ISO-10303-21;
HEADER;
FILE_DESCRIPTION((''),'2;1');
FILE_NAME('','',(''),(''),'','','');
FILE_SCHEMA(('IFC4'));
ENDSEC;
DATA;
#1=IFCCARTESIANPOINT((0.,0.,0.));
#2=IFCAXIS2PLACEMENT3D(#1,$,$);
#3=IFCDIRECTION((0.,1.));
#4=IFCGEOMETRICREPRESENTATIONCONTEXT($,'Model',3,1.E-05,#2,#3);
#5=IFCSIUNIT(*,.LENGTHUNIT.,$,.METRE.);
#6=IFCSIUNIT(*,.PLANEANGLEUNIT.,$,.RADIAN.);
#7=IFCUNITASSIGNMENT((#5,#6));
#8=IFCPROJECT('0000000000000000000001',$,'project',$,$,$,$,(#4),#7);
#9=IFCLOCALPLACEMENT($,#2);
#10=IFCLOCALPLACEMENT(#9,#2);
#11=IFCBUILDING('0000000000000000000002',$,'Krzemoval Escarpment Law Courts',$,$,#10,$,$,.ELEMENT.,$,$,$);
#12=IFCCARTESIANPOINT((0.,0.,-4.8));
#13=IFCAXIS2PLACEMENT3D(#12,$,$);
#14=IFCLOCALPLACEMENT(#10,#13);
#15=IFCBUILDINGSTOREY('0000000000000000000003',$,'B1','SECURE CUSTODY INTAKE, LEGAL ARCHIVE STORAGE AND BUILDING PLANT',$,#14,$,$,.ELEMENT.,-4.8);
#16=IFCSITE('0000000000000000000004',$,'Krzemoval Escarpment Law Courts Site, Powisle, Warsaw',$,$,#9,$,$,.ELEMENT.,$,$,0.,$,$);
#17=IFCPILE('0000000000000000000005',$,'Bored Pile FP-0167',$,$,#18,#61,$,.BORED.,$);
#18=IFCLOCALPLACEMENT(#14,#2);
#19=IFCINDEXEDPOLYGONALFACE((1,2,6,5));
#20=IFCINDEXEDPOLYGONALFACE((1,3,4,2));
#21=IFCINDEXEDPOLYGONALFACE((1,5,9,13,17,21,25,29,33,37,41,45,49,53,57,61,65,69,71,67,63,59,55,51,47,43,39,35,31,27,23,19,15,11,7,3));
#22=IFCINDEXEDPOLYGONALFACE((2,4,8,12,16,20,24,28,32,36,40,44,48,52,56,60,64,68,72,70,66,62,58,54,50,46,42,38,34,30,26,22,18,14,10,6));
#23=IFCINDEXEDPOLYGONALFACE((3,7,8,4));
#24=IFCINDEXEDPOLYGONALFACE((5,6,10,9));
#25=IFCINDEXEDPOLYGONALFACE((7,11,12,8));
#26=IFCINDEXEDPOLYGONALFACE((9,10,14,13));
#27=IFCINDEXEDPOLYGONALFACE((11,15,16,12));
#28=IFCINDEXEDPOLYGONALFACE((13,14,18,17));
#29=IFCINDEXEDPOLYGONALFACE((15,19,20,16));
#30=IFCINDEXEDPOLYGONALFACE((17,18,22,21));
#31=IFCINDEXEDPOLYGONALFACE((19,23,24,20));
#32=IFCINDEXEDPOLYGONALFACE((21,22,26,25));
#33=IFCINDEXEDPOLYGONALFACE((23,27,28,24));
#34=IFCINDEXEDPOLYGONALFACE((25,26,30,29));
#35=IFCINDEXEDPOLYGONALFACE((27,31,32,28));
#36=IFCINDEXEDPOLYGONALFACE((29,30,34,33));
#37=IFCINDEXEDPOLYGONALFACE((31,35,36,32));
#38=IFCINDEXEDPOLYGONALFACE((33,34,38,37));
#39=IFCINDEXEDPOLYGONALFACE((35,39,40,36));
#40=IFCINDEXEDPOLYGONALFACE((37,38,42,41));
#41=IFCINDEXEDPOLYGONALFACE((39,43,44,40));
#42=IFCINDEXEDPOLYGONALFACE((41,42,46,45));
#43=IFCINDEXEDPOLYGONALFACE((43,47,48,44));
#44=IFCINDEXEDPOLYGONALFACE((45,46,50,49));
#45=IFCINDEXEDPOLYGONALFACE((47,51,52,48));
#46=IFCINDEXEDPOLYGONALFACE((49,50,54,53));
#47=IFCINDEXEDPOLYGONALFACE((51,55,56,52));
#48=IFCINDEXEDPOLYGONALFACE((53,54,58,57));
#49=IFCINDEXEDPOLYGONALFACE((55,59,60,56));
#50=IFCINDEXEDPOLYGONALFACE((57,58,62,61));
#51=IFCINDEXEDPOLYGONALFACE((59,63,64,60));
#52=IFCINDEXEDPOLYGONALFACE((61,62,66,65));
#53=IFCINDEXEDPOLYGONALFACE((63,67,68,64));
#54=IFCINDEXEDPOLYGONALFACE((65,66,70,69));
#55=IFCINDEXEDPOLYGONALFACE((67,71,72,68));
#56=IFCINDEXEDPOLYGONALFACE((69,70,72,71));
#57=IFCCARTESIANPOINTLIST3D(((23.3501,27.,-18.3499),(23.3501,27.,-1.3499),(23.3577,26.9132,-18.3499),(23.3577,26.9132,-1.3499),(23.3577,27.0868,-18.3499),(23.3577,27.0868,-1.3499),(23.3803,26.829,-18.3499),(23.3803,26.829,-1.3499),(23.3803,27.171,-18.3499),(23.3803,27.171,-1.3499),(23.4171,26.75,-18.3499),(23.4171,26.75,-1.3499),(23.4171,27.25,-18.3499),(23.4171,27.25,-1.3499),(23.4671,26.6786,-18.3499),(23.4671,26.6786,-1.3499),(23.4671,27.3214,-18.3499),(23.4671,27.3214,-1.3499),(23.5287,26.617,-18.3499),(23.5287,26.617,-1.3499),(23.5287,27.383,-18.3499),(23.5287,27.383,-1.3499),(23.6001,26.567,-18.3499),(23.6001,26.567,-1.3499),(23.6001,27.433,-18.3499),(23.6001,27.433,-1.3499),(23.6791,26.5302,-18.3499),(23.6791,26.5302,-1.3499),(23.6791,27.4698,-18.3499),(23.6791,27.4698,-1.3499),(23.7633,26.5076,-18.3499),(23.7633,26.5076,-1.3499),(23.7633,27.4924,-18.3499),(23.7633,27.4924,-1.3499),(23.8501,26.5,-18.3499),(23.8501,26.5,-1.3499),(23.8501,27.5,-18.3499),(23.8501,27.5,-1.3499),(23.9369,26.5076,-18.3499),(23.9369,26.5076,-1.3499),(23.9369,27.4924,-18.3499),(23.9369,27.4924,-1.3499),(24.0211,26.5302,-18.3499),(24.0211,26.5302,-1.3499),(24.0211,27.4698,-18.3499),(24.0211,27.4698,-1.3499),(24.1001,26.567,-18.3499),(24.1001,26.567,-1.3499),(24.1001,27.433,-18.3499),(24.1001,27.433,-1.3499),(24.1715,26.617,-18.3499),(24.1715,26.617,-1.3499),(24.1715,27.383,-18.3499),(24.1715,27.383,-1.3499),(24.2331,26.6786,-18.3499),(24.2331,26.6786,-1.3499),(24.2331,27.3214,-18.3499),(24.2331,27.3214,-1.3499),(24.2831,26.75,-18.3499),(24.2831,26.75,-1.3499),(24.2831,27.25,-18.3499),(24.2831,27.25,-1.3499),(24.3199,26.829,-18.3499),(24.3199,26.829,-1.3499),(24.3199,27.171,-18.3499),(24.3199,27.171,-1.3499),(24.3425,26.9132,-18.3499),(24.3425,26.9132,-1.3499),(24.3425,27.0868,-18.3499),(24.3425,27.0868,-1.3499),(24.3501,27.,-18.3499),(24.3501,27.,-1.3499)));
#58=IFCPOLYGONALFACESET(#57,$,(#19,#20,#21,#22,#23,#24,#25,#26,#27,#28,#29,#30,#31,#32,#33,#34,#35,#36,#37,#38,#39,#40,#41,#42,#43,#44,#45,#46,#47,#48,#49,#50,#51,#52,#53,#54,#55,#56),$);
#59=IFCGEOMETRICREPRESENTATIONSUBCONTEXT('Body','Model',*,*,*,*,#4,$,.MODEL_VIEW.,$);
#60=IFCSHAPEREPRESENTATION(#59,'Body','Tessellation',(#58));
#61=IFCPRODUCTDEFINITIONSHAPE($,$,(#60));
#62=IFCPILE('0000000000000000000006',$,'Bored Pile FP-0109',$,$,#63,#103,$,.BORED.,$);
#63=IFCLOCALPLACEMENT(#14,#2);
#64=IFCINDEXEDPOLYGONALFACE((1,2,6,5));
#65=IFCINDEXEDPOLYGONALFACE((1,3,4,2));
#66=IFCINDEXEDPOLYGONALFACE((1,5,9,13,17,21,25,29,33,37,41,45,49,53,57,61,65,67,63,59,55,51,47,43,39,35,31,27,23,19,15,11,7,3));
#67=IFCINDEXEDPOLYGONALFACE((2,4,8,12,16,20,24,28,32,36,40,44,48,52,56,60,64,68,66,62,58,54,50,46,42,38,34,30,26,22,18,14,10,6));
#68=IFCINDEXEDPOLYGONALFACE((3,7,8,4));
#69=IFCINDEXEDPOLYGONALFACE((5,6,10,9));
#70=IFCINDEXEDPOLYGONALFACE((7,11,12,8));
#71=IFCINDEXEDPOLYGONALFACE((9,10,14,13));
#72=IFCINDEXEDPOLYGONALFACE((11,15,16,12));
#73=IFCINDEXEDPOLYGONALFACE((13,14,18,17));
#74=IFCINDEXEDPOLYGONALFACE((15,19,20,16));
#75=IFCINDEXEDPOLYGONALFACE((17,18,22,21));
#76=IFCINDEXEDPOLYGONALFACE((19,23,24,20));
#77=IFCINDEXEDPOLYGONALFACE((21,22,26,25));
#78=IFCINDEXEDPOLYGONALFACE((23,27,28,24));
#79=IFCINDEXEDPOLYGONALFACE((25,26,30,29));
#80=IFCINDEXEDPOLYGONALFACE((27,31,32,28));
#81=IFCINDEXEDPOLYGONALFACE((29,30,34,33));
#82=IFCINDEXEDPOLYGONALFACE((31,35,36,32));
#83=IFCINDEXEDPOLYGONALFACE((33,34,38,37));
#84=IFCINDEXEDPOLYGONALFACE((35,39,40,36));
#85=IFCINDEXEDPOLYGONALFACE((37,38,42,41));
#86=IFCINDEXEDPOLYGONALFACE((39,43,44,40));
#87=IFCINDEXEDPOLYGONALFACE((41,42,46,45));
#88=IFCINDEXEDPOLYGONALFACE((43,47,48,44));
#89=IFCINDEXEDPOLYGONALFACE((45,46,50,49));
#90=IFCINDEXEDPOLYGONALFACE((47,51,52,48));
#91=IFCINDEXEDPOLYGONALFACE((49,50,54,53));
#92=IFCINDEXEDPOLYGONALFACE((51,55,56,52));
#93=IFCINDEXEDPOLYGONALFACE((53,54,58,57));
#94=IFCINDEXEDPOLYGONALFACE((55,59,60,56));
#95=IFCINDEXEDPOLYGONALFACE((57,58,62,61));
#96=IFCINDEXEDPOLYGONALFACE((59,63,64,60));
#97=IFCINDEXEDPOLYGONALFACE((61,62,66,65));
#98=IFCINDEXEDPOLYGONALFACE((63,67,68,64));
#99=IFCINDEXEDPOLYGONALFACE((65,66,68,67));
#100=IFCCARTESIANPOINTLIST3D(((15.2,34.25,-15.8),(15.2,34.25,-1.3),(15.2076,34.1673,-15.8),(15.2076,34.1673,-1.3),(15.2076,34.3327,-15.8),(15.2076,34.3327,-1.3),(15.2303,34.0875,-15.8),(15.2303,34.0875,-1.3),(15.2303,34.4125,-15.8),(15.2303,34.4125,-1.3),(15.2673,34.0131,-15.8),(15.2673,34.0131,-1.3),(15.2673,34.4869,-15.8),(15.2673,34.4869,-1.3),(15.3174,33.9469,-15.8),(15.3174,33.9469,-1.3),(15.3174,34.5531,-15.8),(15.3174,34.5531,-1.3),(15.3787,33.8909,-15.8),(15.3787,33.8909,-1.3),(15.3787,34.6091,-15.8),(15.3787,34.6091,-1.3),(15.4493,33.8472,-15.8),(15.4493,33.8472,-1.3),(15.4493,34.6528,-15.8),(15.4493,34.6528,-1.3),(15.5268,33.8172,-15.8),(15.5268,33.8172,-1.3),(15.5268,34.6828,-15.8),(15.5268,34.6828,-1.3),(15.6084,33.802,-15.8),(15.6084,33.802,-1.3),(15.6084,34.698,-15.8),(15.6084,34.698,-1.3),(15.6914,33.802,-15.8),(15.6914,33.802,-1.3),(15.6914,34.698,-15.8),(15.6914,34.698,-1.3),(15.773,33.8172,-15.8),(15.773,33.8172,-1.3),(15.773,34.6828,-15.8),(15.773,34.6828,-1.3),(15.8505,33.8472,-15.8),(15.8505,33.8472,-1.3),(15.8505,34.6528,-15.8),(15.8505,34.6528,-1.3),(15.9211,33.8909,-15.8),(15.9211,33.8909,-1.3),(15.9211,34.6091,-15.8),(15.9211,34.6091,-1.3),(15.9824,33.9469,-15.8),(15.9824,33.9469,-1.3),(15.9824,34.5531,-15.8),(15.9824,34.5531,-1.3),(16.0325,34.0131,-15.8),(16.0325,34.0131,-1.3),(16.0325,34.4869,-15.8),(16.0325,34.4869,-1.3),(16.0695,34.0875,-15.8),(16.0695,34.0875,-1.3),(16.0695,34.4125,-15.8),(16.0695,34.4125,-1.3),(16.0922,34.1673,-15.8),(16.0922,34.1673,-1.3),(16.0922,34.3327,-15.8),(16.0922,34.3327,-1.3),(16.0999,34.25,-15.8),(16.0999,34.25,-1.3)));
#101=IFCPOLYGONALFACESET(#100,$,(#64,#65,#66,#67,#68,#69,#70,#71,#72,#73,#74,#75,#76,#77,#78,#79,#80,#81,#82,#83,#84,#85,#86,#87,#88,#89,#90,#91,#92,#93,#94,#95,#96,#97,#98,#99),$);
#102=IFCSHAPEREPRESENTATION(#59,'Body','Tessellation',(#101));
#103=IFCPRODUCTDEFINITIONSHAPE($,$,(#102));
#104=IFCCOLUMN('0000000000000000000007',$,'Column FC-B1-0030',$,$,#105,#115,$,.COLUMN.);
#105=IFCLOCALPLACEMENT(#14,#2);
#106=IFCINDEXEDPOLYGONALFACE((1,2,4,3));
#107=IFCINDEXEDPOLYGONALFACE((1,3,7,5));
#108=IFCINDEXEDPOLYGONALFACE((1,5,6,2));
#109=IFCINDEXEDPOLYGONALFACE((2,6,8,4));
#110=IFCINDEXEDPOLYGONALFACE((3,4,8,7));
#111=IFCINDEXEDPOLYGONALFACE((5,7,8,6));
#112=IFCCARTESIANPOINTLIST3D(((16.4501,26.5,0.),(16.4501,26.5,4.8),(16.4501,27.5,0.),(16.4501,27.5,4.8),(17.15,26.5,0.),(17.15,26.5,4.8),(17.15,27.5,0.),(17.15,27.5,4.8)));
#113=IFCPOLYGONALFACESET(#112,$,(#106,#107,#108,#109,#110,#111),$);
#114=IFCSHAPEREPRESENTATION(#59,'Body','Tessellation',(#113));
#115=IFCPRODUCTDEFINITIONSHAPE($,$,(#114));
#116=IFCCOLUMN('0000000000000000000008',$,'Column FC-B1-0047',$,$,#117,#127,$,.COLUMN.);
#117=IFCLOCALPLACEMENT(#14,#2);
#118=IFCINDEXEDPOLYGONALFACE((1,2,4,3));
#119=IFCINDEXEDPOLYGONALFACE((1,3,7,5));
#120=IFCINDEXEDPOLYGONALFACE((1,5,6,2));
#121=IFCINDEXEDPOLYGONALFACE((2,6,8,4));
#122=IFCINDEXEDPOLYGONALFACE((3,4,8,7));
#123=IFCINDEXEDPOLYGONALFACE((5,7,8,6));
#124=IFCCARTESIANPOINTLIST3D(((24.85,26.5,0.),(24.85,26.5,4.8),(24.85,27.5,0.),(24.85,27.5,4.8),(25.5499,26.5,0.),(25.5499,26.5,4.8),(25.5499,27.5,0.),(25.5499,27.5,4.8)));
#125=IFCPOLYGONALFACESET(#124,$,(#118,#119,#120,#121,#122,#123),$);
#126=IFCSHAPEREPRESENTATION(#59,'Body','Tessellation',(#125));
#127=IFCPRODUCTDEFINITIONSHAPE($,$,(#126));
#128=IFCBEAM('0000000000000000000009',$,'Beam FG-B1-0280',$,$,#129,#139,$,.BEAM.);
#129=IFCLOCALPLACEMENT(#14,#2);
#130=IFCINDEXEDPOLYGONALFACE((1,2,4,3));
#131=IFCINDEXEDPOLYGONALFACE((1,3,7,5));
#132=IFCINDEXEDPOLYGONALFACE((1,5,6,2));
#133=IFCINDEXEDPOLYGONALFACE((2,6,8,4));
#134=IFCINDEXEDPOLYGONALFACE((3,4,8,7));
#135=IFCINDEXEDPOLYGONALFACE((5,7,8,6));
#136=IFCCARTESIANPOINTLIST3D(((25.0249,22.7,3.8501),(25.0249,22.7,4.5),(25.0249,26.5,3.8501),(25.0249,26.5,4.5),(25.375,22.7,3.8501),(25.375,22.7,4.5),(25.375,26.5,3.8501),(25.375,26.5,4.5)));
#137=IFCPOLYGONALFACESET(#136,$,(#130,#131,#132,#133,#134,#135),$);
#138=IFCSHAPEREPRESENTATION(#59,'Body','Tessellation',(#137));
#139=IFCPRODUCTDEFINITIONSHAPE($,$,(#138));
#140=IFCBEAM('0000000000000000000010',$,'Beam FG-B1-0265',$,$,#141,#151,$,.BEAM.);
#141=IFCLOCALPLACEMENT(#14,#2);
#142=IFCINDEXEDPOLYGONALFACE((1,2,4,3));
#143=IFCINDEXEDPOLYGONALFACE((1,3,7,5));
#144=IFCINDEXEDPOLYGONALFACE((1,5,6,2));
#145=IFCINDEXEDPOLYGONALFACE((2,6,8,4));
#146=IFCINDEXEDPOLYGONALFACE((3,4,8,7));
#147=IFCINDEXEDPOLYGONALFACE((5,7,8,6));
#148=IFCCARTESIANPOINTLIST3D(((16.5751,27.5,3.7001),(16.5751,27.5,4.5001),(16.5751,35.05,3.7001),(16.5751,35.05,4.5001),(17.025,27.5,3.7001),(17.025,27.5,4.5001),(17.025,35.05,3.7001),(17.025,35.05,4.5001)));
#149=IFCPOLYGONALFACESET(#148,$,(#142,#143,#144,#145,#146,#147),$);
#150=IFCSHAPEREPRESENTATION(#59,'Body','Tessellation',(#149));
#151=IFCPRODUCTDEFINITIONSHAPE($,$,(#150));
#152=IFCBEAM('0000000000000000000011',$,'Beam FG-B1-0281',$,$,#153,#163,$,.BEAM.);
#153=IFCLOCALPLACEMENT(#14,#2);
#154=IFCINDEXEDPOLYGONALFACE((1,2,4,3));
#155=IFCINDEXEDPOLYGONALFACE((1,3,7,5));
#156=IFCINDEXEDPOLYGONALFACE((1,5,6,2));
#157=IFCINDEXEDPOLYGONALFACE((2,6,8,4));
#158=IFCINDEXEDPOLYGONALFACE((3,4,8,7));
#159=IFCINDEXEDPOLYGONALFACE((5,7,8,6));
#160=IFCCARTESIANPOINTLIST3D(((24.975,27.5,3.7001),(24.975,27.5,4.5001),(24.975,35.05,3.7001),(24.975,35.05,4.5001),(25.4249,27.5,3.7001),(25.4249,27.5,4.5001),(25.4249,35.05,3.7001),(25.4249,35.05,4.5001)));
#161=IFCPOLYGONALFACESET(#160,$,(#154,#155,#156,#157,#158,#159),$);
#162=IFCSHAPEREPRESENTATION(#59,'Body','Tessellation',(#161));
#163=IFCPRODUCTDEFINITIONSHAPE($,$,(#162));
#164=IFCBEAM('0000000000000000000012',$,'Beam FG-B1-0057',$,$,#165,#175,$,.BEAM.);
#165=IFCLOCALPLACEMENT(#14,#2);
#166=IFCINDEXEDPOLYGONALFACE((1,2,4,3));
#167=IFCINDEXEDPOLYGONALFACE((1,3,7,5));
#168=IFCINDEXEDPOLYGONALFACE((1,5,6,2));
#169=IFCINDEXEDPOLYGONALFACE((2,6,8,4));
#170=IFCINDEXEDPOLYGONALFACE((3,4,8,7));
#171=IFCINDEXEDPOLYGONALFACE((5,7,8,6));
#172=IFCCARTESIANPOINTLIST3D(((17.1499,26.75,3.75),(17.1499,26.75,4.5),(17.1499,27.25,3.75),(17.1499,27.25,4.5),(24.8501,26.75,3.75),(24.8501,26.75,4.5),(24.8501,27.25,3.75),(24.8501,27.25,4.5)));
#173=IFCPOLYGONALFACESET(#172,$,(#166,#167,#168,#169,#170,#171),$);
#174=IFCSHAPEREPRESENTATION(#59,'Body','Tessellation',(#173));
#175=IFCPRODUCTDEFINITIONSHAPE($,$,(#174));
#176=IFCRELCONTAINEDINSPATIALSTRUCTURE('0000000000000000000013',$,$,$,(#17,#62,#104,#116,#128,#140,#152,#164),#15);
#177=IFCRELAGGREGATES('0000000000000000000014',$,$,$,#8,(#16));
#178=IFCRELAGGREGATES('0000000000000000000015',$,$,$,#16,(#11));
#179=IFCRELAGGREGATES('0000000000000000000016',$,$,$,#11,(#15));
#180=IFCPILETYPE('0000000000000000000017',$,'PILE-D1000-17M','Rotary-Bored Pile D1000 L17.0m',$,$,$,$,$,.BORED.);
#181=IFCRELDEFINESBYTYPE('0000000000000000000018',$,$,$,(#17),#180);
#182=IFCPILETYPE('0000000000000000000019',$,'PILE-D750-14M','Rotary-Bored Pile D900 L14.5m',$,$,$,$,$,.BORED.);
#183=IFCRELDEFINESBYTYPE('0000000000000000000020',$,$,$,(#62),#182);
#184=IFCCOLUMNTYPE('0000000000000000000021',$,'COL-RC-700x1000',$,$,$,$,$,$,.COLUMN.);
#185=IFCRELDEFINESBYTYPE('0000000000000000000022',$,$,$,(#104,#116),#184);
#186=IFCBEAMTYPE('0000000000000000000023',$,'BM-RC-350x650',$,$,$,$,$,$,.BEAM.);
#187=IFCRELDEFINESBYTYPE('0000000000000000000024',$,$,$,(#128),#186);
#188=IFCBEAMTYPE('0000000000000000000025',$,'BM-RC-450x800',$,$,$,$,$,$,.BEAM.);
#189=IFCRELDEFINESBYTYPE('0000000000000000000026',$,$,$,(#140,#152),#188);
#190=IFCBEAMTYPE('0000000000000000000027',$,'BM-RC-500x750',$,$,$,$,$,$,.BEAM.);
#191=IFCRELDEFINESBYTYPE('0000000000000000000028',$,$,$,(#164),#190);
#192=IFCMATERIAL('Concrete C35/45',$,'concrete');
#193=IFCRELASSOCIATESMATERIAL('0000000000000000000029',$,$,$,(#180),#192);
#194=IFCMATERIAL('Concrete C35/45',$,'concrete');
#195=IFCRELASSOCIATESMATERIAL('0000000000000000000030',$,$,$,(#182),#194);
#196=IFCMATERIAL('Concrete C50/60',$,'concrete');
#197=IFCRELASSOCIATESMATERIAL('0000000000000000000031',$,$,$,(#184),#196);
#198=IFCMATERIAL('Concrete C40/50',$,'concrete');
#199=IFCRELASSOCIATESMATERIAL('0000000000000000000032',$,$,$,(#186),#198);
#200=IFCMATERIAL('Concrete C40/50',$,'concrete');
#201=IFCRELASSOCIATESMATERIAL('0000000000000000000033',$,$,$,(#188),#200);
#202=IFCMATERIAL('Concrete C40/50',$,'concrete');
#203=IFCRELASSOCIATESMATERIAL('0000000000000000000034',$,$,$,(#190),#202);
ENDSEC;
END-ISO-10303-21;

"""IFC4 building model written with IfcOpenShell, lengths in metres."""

from ifc_helpers import new_model, si_unit, direction, frame, origin, origin_2d, place, context, subcontext, project, spatial, rectangle, circle, extrude, material, material_profile, profile_set, type_object, element, save


model = new_model("IFC4")

# Units and contexts
model_context = context("Model", 3, precision=1e-05, world=origin(), true_north=direction((0.0, 1.0)))
body_context = subcontext(model_context, "Body", "Model", "MODEL_VIEW")
ifc_project = project(units=[si_unit("LENGTHUNIT", "METRE"), si_unit("PLANEANGLEUNIT", "RADIAN")], contexts=[model_context])

# Site, building, storey
site_placement = place(None, origin())
site = spatial("IfcSite", under=ifc_project, at=site_placement, Name="Krzemoval Escarpment Law Courts Site, Powisle, Warsaw", CompositionType="ELEMENT", RefElevation=0.0)
building_placement = place(site_placement, origin())
building = spatial("IfcBuilding", under=site, at=building_placement, Name="Krzemoval Escarpment Law Courts", CompositionType="ELEMENT")
storey_placement = place(building_placement, frame((0.0, 0.0, -4.8)))
storey = spatial("IfcBuildingStorey", under=building, at=storey_placement, Name="B1", Description="SECURE CUSTODY INTAKE, LEGAL ARCHIVE STORAGE AND BUILDING PLANT", CompositionType="ELEMENT", Elevation=-4.8)

# Piles
ifc_material_1 = material(Name="Concrete C35/45", Category="concrete")
ifc_material_profile_1 = material_profile(ifc_material_1, circle(Radius=0.5, at=origin_2d()), Name="PILE D1000")
ifc_profile_set_1 = profile_set([ifc_material_profile_1], Name="Concrete C35/45")
pile_type_1 = type_object("IfcPileType", Name="PILE-D1000-17M", Description="Rotary-Bored Pile D1000 L17.0m", PredefinedType="BORED", material=ifc_profile_set_1)
for number, where, z_axis, x_axis, name in (
    (1, (23.8501, 27.0, -1.3499), (0.0, 0.0, -1.0), (1.0, 0.0, 0.0), "Bored Pile FP-0167"),
):
    element("IfcPile", number, at=place(storey_placement, frame(where, z_axis=z_axis, x_axis=x_axis)), inside=storey, type_object=pile_type_1, Name=name, PredefinedType="BORED", context=body_context, shape_type="SweptSolid", body=[
        extrude(circle(Radius=0.5, at=origin_2d()), origin(), (0.0, 0.0, 1.0), 17.0),
    ])
ifc_material_2 = material(Name="Concrete C35/45", Category="concrete")
ifc_material_profile_2 = material_profile(ifc_material_2, circle(Radius=0.45, at=origin_2d()), Name="PILE D900")
ifc_profile_set_2 = profile_set([ifc_material_profile_2], Name="Concrete C35/45")
pile_type_2 = type_object("IfcPileType", Name="PILE-D750-14M", Description="Rotary-Bored Pile D900 L14.5m", PredefinedType="BORED", material=ifc_profile_set_2)
pile_placement = place(storey_placement, frame((15.6499, 34.25, -1.3), z_axis=(0.0, 0.0, -1.0), x_axis=(1.0, 0.0, 0.0)))
element("IfcPile", 2, at=pile_placement, inside=storey, type_object=pile_type_2, Name="Bored Pile FP-0109", PredefinedType="BORED", context=body_context, shape_type="SweptSolid", body=[
    extrude(circle(Radius=0.45, at=origin_2d()), origin(), (0.0, 0.0, 1.0), 14.5),
])

# Columns
ifc_material_3 = material(Name="Concrete C50/60", Category="concrete")
ifc_material_profile_3 = material_profile(ifc_material_3, rectangle(XDim=0.7, YDim=1.0, at=origin_2d()), Name="RC 700x1000")
ifc_profile_set_3 = profile_set([ifc_material_profile_3], Name="Concrete C50/60")
column_type = type_object("IfcColumnType", Name="COL-RC-700x1000", PredefinedType="COLUMN", material=ifc_profile_set_3)
for number, where, z_axis, x_axis, name in (
    (3, (16.8, 27.0, 0.0), (0.0, 0.0, 1.0), (1.0, 0.0, 0.0), "Column FC-B1-0030"),
    (4, (25.2, 27.0, 0.0), (0.0, 0.0, 1.0), (1.0, 0.0, 0.0), "Column FC-B1-0047"),
):
    element("IfcColumn", number, at=place(storey_placement, frame(where, z_axis=z_axis, x_axis=x_axis)), inside=storey, type_object=column_type, Name=name, PredefinedType="COLUMN", context=body_context, shape_type="SweptSolid", body=[
        extrude(rectangle(XDim=0.7, YDim=1.0, at=origin_2d()), origin(), (0.0, 0.0, 1.0), 4.8),
    ])

# Beams
ifc_material_4 = material(Name="Concrete C40/50", Category="concrete")
ifc_material_profile_4 = material_profile(ifc_material_4, rectangle(XDim=0.3501, YDim=0.6499, at=origin_2d()), Name="RCB 350x650")
ifc_profile_set_4 = profile_set([ifc_material_profile_4], Name="Concrete C40/50")
beam_type_1 = type_object("IfcBeamType", Name="BM-RC-350x650", PredefinedType="BEAM", material=ifc_profile_set_4)
beam_1_placement = place(storey_placement, frame((25.2, 22.7, 4.175), z_axis=(0.0, 1.0, 0.0), x_axis=(-1.0, 0.0, 0.0)))
element("IfcBeam", 5, at=beam_1_placement, inside=storey, type_object=beam_type_1, Name="Beam FG-B1-0280", PredefinedType="BEAM", context=body_context, shape_type="SweptSolid", body=[
    extrude(rectangle(XDim=0.3501, YDim=0.6499, at=origin_2d()), origin(), (0.0, 0.0, 1.0), 3.8),
])
ifc_material_5 = material(Name="Concrete C40/50", Category="concrete")
ifc_material_profile_5 = material_profile(ifc_material_5, rectangle(XDim=0.45, YDim=0.8, at=origin_2d()), Name="RCB 450x800")
ifc_profile_set_5 = profile_set([ifc_material_profile_5], Name="Concrete C40/50")
beam_type_2 = type_object("IfcBeamType", Name="BM-RC-450x800", PredefinedType="BEAM", material=ifc_profile_set_5)
for number, where, z_axis, x_axis, name in (
    (6, (16.8, 27.5, 4.1001), (0.0, 1.0, 0.0), (-1.0, 0.0, 0.0), "Beam FG-B1-0265"),
    (7, (25.2, 27.5, 4.1001), (0.0, 1.0, 0.0), (-1.0, 0.0, 0.0), "Beam FG-B1-0281"),
):
    element("IfcBeam", number, at=place(storey_placement, frame(where, z_axis=z_axis, x_axis=x_axis)), inside=storey, type_object=beam_type_2, Name=name, PredefinedType="BEAM", context=body_context, shape_type="SweptSolid", body=[
        extrude(rectangle(XDim=0.45, YDim=0.8, at=origin_2d()), origin(), (0.0, 0.0, 1.0), 7.55),
    ])
ifc_material_6 = material(Name="Concrete C40/50", Category="concrete")
ifc_material_profile_6 = material_profile(ifc_material_6, rectangle(XDim=0.5, YDim=0.75, at=origin_2d()), Name="RCB 500x750")
ifc_profile_set_6 = profile_set([ifc_material_profile_6], Name="Concrete C40/50")
beam_type_3 = type_object("IfcBeamType", Name="BM-RC-500x750", PredefinedType="BEAM", material=ifc_profile_set_6)
beam_2_placement = place(storey_placement, frame((17.1499, 27.0, 4.125), z_axis=(1.0, 0.0, 0.0), x_axis=(0.0, 1.0, 0.0)))
element("IfcBeam", 8, at=beam_2_placement, inside=storey, type_object=beam_type_3, Name="Beam FG-B1-0057", PredefinedType="BEAM", context=body_context, shape_type="SweptSolid", body=[
    extrude(rectangle(XDim=0.5, YDim=0.75, at=origin_2d()), origin(), (0.0, 0.0, 1.0), 7.7002),
])

save(model, "model.ifc")
